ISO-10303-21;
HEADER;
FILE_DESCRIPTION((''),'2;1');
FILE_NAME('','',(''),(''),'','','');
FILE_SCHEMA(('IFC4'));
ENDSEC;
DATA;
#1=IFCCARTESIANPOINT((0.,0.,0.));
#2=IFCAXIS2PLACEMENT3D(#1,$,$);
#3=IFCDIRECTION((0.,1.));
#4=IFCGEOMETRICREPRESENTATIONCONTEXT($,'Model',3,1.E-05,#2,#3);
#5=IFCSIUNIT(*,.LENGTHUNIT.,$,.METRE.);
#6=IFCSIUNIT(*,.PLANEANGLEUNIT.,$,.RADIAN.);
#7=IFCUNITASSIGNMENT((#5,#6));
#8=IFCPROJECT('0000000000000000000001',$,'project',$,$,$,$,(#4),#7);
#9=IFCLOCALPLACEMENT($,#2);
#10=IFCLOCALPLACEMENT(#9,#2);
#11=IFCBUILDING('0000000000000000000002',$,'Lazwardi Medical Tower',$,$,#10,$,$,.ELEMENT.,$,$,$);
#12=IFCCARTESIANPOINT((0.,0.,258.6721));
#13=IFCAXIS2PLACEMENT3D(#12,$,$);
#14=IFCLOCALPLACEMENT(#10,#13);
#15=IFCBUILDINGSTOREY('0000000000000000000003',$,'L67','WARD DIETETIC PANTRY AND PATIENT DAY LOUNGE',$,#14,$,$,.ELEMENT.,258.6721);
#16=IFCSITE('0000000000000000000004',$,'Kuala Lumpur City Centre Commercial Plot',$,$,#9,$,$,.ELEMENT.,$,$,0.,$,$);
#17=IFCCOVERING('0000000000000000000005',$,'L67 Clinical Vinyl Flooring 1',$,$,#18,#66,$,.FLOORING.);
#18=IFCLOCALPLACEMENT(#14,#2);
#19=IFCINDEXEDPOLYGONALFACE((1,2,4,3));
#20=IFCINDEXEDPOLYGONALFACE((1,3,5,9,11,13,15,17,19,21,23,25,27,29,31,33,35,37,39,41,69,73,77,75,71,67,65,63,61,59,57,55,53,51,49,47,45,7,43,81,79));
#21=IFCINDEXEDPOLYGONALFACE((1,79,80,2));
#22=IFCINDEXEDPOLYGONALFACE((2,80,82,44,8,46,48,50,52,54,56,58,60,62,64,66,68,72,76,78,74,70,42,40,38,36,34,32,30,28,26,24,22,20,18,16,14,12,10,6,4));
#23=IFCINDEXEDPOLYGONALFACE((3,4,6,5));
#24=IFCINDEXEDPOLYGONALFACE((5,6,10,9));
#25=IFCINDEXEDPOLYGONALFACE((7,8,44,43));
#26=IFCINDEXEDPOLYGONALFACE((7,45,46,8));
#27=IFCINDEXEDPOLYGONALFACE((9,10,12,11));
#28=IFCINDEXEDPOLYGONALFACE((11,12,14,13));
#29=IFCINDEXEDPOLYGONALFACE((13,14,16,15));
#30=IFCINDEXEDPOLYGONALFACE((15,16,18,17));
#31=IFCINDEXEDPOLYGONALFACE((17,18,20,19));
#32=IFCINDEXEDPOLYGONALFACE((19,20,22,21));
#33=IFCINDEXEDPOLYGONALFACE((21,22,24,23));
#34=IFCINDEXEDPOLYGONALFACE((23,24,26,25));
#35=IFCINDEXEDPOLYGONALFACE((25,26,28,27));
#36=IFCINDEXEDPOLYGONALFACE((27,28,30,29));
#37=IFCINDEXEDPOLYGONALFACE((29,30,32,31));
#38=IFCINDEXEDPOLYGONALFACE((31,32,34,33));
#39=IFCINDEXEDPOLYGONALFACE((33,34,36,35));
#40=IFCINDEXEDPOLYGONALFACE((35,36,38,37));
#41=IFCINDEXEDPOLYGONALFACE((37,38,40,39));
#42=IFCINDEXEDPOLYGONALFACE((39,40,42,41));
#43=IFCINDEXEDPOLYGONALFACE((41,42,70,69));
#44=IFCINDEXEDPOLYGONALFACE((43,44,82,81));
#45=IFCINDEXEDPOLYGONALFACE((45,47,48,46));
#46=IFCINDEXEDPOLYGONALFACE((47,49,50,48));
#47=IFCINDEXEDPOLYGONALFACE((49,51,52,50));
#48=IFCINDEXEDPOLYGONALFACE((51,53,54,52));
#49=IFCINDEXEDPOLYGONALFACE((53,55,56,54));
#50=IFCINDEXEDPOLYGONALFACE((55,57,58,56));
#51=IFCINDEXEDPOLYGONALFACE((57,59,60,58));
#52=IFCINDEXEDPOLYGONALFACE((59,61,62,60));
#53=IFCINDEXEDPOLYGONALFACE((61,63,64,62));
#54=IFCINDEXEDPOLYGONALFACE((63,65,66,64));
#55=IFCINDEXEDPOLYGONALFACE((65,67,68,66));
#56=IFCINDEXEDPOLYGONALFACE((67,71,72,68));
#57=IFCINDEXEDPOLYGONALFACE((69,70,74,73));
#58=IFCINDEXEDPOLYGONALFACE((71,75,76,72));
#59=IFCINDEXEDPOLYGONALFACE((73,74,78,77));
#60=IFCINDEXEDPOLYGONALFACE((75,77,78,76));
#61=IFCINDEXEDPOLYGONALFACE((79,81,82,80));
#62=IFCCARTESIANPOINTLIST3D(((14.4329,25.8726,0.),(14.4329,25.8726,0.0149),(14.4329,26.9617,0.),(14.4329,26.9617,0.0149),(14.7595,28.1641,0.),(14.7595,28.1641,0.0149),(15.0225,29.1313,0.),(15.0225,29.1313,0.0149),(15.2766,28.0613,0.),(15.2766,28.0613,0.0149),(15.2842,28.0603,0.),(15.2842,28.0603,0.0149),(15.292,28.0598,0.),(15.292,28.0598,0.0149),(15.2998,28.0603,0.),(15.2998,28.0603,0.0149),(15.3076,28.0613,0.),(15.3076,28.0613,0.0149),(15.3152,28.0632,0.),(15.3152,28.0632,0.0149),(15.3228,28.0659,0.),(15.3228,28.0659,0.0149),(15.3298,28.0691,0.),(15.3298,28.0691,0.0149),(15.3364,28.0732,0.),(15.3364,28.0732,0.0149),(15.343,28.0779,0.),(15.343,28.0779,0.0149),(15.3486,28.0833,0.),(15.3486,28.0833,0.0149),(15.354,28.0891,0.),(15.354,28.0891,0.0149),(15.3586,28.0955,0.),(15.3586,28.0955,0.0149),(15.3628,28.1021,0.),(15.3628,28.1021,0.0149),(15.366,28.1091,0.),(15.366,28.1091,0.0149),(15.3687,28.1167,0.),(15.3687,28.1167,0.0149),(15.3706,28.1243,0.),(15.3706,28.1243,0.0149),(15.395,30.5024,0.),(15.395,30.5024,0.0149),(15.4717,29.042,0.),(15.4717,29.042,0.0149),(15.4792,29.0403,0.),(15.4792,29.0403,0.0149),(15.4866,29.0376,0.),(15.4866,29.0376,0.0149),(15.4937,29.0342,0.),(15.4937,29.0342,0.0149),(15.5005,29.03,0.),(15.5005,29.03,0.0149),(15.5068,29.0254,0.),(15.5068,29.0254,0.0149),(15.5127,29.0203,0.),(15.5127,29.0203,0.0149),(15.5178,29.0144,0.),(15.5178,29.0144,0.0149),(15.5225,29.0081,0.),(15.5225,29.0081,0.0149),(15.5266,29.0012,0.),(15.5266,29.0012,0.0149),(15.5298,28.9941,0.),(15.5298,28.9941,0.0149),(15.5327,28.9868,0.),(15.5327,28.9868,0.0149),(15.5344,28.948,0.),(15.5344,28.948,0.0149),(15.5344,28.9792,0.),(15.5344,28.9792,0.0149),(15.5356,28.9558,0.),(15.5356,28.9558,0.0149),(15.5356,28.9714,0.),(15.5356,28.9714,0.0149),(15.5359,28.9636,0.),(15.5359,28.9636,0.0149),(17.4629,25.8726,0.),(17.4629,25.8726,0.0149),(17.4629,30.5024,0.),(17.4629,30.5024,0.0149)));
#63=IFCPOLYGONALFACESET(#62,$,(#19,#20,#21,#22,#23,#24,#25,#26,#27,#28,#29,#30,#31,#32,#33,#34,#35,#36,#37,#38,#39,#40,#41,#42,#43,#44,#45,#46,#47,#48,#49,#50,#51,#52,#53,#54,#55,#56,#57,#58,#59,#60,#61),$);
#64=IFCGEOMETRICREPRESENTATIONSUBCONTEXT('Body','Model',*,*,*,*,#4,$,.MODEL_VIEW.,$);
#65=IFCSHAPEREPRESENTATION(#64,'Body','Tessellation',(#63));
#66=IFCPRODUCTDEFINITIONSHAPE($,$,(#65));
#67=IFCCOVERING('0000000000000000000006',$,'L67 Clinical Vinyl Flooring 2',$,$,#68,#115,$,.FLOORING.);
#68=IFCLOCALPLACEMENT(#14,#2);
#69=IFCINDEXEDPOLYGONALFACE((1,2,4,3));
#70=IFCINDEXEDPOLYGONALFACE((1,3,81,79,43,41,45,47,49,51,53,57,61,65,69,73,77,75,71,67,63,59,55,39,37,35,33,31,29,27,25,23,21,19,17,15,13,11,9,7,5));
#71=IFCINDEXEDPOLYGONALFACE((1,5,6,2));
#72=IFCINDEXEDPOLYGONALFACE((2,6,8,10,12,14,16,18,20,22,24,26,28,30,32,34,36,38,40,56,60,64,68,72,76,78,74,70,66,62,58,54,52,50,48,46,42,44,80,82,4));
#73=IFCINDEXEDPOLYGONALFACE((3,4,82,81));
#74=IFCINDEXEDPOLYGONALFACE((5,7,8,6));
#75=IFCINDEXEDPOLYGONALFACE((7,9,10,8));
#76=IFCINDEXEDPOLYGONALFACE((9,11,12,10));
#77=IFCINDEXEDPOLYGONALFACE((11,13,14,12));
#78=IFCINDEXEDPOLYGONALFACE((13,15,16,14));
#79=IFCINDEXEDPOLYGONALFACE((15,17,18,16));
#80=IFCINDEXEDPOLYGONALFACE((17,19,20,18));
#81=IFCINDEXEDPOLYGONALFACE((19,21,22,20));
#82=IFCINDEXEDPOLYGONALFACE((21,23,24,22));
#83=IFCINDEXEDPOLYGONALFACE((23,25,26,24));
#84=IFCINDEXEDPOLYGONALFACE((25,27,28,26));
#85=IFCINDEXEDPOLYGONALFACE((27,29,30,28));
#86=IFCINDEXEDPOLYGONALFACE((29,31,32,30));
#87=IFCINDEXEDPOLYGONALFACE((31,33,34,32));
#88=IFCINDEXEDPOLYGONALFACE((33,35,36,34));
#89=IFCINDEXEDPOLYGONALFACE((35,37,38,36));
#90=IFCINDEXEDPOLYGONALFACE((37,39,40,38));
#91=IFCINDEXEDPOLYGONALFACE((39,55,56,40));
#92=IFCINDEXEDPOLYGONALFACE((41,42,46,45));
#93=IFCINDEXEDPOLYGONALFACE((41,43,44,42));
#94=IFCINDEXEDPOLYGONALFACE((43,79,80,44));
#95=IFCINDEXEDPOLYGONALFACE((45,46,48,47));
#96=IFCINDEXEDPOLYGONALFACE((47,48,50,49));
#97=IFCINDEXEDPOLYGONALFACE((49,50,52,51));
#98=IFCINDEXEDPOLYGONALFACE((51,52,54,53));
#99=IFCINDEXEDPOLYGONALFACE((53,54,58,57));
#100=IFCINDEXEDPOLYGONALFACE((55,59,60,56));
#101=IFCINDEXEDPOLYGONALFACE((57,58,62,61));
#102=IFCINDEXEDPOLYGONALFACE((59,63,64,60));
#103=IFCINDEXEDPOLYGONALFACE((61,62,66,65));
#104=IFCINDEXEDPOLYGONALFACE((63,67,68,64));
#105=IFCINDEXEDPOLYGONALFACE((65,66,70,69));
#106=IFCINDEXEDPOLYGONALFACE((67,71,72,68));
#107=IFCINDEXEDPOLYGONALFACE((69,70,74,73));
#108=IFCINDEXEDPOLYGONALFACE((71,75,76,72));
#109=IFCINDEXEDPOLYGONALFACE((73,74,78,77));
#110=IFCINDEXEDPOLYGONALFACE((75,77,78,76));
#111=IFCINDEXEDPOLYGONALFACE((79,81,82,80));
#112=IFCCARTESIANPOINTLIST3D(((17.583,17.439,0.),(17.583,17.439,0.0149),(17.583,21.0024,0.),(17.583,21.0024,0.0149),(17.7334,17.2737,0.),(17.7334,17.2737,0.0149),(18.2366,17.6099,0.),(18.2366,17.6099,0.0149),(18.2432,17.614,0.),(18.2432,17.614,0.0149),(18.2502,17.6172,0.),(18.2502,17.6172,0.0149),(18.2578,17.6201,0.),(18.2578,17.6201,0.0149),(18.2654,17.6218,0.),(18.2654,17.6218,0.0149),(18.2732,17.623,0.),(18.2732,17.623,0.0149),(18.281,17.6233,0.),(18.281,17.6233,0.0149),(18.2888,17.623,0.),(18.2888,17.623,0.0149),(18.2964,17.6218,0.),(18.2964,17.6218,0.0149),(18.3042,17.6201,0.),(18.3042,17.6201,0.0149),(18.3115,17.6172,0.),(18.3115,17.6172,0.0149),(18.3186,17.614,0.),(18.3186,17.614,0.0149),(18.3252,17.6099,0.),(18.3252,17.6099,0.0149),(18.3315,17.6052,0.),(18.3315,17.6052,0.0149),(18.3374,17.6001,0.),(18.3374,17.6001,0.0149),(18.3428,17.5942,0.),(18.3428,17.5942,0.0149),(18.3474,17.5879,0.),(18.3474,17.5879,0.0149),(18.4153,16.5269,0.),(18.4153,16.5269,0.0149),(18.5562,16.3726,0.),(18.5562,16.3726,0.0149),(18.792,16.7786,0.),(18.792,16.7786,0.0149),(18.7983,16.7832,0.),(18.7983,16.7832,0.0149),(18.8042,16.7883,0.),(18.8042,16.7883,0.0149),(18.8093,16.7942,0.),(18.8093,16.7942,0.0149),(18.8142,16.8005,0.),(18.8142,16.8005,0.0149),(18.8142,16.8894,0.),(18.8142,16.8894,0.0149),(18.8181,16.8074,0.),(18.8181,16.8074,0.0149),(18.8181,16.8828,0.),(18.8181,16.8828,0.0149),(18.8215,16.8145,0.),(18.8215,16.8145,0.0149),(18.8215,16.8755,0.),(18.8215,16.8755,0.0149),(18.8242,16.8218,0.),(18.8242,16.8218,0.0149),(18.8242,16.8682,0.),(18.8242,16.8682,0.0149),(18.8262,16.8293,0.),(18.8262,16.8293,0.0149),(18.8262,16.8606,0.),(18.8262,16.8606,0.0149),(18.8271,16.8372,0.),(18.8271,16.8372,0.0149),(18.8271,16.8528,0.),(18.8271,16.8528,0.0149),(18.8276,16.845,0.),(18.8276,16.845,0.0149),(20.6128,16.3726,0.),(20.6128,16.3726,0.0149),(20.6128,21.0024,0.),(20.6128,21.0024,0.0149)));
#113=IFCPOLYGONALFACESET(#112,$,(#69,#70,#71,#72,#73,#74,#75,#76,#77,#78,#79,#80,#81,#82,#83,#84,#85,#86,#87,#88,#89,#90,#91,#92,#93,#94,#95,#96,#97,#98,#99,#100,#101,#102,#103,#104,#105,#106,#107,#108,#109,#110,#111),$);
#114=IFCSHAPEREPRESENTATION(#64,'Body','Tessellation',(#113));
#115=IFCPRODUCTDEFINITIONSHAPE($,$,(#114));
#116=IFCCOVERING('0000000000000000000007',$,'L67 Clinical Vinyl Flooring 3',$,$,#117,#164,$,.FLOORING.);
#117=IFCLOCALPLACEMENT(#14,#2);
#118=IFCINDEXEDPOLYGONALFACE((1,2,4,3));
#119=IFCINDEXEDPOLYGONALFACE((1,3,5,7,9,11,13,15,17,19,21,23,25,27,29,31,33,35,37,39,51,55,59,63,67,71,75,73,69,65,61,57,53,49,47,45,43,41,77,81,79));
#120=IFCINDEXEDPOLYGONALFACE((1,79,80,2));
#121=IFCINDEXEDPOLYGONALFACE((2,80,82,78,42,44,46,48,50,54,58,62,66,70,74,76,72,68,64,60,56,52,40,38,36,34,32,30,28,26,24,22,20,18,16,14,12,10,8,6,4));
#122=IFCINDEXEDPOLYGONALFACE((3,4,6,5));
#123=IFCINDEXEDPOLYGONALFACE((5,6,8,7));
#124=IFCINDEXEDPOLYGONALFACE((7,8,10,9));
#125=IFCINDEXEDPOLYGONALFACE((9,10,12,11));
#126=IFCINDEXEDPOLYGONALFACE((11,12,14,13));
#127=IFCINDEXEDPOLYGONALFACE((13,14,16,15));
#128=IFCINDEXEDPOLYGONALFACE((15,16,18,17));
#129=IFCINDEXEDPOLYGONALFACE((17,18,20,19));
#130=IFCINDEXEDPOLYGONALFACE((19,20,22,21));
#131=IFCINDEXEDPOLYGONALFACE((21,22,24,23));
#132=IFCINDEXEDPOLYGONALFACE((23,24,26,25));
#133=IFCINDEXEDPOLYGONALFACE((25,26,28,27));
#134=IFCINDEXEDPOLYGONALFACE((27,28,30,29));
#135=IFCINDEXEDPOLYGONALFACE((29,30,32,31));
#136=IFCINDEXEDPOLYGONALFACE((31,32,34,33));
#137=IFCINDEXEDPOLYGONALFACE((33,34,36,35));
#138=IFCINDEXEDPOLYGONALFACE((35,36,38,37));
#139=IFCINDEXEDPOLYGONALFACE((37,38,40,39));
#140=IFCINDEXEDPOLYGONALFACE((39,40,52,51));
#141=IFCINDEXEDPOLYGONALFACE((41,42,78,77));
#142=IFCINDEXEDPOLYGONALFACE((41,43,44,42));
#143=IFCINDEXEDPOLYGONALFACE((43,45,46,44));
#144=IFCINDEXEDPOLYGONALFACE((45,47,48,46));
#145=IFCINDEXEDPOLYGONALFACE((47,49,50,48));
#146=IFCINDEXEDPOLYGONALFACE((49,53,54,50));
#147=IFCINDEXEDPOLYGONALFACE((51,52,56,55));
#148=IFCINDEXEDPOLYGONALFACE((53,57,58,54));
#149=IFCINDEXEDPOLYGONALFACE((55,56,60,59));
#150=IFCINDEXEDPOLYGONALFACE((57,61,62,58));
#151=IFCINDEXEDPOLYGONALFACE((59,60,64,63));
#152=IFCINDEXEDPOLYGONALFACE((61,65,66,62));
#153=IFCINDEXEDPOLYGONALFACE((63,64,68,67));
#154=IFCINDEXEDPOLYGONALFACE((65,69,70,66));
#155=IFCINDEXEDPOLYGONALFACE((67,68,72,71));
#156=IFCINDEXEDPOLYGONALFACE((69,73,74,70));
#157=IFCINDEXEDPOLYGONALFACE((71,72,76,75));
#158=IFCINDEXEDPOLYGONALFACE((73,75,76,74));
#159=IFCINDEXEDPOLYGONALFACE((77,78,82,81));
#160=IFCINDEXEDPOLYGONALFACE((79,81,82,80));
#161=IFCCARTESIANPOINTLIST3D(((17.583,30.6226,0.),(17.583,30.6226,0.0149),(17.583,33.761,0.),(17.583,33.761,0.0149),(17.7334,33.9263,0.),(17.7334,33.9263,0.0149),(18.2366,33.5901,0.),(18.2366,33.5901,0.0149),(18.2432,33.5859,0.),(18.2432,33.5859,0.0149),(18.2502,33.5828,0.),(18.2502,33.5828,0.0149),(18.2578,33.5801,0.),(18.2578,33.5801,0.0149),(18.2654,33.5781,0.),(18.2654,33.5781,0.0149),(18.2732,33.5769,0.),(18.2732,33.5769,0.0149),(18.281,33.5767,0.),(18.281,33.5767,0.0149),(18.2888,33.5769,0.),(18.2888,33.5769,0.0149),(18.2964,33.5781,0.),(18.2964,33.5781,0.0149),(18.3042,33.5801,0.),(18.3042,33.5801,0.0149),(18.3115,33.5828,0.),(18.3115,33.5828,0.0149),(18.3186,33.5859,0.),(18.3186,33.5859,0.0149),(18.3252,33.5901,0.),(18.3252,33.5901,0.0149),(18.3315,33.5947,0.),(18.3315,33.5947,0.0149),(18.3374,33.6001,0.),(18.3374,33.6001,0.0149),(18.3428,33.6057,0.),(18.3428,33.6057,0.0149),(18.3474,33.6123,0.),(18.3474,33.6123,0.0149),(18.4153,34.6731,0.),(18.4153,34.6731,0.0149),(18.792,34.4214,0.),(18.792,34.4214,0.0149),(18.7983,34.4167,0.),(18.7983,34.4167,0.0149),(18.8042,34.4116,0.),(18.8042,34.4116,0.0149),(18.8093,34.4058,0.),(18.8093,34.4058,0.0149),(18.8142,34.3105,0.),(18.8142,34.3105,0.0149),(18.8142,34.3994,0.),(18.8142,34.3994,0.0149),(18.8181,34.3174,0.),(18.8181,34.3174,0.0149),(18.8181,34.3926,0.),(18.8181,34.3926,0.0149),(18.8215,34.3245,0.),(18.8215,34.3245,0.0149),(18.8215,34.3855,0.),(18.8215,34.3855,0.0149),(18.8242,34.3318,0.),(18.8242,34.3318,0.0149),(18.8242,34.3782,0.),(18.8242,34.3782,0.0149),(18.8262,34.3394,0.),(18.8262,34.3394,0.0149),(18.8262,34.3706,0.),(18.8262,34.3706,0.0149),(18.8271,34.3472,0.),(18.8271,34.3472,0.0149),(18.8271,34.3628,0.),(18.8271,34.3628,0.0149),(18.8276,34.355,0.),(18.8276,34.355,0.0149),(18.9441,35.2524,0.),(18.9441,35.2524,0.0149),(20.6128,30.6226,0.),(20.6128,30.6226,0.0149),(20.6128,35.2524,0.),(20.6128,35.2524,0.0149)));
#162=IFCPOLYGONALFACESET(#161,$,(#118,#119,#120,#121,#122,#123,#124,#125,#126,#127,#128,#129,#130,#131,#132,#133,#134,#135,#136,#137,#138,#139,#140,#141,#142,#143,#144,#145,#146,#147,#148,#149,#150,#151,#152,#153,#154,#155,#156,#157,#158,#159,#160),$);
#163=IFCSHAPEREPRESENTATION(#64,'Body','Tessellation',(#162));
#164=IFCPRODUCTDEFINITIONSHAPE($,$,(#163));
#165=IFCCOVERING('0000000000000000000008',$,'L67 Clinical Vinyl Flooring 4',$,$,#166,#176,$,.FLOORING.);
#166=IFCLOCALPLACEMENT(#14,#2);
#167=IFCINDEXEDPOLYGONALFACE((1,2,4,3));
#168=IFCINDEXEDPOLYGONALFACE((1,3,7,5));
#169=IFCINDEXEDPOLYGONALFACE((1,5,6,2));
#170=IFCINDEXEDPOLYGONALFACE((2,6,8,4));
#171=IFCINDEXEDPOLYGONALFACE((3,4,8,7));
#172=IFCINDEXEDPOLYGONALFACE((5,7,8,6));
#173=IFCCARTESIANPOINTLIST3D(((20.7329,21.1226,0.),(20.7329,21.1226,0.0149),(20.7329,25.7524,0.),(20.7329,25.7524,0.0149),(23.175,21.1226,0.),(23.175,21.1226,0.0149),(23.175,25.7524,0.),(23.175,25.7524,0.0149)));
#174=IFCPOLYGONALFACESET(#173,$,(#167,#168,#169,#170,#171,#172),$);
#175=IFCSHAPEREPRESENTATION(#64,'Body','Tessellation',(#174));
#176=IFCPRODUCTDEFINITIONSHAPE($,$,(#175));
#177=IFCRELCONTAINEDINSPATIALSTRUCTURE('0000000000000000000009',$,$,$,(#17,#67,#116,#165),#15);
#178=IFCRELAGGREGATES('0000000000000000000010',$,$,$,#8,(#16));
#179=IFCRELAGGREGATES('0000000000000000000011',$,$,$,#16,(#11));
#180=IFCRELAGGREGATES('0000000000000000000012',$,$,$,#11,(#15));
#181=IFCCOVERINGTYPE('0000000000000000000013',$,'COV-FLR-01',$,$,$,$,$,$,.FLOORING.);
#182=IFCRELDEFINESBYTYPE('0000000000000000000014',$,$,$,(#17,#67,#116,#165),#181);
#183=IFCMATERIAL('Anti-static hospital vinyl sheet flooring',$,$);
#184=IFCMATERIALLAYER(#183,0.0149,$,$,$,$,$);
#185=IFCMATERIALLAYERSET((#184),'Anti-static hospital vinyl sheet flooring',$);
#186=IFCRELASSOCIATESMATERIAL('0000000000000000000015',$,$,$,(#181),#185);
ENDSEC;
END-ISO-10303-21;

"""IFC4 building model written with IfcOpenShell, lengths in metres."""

from ifc_helpers import new_model, si_unit, direction, frame, origin, place, context, subcontext, project, spatial, polyline, outline, extrude, material, layer, layer_set, type_object, element, save


model = new_model("IFC4")

# Units and contexts
model_context = context("Model", 3, precision=1e-05, world=origin(), true_north=direction((0.0, 1.0)))
body_context = subcontext(model_context, "Body", "Model", "MODEL_VIEW")
ifc_project = project(units=[si_unit("LENGTHUNIT", "METRE"), si_unit("PLANEANGLEUNIT", "RADIAN")], contexts=[model_context])

# Site, building, storey
site_placement = place(None, origin())
site = spatial("IfcSite", under=ifc_project, at=site_placement, Name="Kuala Lumpur City Centre Commercial Plot", CompositionType="ELEMENT", RefElevation=0.0)
building_placement = place(site_placement, origin())
building = spatial("IfcBuilding", under=site, at=building_placement, Name="Lazwardi Medical Tower", CompositionType="ELEMENT")
storey_placement = place(building_placement, frame((0.0, 0.0, 258.6721)))
storey = spatial("IfcBuildingStorey", under=building, at=storey_placement, Name="L67", Description="WARD DIETETIC PANTRY AND PATIENT DAY LOUNGE", CompositionType="ELEMENT", Elevation=258.6721)

# Coverings
ifc_material_1 = material(Name="Anti-static hospital vinyl sheet flooring")
ifc_layer_1 = layer(ifc_material_1, 0.0149)
ifc_layer_set_1 = layer_set([ifc_layer_1], Name="Anti-static hospital vinyl sheet flooring")
covering_type_1 = type_object("IfcCoveringType", Name="COV-FLR-01", PredefinedType="FLOORING", material=ifc_layer_set_1)
covering_1_placement = place(storey_placement, origin())
element("IfcCovering", 1, at=covering_1_placement, inside=storey, type_object=covering_type_1, Name="L67 Clinical Vinyl Flooring 1", PredefinedType="FLOORING", context=body_context, shape_type="SweptSolid", body=[
    extrude(outline(polyline([(15.395, 30.5024), (15.0225, 29.1313), (15.4717, 29.042), (15.4792, 29.0403), (15.4866, 29.0376), (15.4937, 29.0342), (15.5005, 29.03), (15.5068, 29.0254), (15.5127, 29.0203), (15.5178, 29.0144), (15.5225, 29.0081), (15.5266, 29.0012), (15.5298, 28.9941), (15.5327, 28.9868), (15.5344, 28.9792), (15.5356, 28.9714), (15.5359, 28.9636), (15.5356, 28.9558), (15.5344, 28.948), (15.3706, 28.1243), (15.3687, 28.1167), (15.366, 28.1091), (15.3628, 28.1021), (15.3586, 28.0955), (15.354, 28.0891), (15.3486, 28.0833), (15.343, 28.0779), (15.3364, 28.0732), (15.3298, 28.0691), (15.3228, 28.0659), (15.3152, 28.0632), (15.3076, 28.0613), (15.2998, 28.0603), (15.292, 28.0598), (15.2842, 28.0603), (15.2766, 28.0613), (14.7595, 28.1641), (14.4329, 26.9617), (14.4329, 25.8726), (17.4629, 25.8726), (17.4629, 30.5024), (15.395, 30.5024)])), origin(), (0.0, 0.0, 1.0), 0.0149),
])
covering_2_placement = place(storey_placement, origin())
element("IfcCovering", 2, at=covering_2_placement, inside=storey, type_object=covering_type_1, Name="L67 Clinical Vinyl Flooring 2", PredefinedType="FLOORING", context=body_context, shape_type="SweptSolid", body=[
    extrude(outline(polyline([(17.583, 17.439), (17.7334, 17.2737), (18.2366, 17.6099), (18.2432, 17.614), (18.2502, 17.6172), (18.2578, 17.6201), (18.2654, 17.6218), (18.2732, 17.623), (18.281, 17.6233), (18.2888, 17.623), (18.2964, 17.6218), (18.3042, 17.6201), (18.3115, 17.6172), (18.3186, 17.614), (18.3252, 17.6099), (18.3315, 17.6052), (18.3374, 17.6001), (18.3428, 17.5942), (18.3474, 17.5879), (18.8142, 16.8894), (18.8181, 16.8828), (18.8215, 16.8755), (18.8242, 16.8682), (18.8262, 16.8606), (18.8271, 16.8528), (18.8276, 16.845), (18.8271, 16.8372), (18.8262, 16.8293), (18.8242, 16.8218), (18.8215, 16.8145), (18.8181, 16.8074), (18.8142, 16.8005), (18.8093, 16.7942), (18.8042, 16.7883), (18.7983, 16.7832), (18.792, 16.7786), (18.4153, 16.5269), (18.5562, 16.3726), (20.6128, 16.3726), (20.6128, 21.0024), (17.583, 21.0024), (17.583, 17.439)])), origin(), (0.0, 0.0, 1.0), 0.0149),
])
covering_3_placement = place(storey_placement, origin())
element("IfcCovering", 3, at=covering_3_placement, inside=storey, type_object=covering_type_1, Name="L67 Clinical Vinyl Flooring 3", PredefinedType="FLOORING", context=body_context, shape_type="SweptSolid", body=[
    extrude(outline(polyline([(18.9441, 35.2524), (18.4153, 34.6731), (18.792, 34.4214), (18.7983, 34.4167), (18.8042, 34.4116), (18.8093, 34.4058), (18.8142, 34.3994), (18.8181, 34.3926), (18.8215, 34.3855), (18.8242, 34.3782), (18.8262, 34.3706), (18.8271, 34.3628), (18.8276, 34.355), (18.8271, 34.3472), (18.8262, 34.3394), (18.8242, 34.3318), (18.8215, 34.3245), (18.8181, 34.3174), (18.8142, 34.3105), (18.3474, 33.6123), (18.3428, 33.6057), (18.3374, 33.6001), (18.3315, 33.5947), (18.3252, 33.5901), (18.3186, 33.5859), (18.3115, 33.5828), (18.3042, 33.5801), (18.2964, 33.5781), (18.2888, 33.5769), (18.281, 33.5767), (18.2732, 33.5769), (18.2654, 33.5781), (18.2578, 33.5801), (18.2502, 33.5828), (18.2432, 33.5859), (18.2366, 33.5901), (17.7334, 33.9263), (17.583, 33.761), (17.583, 30.6226), (20.6128, 30.6226), (20.6128, 35.2524), (18.9441, 35.2524)])), origin(), (0.0, 0.0, 1.0), 0.0149),
])
covering_4_placement = place(storey_placement, origin())
element("IfcCovering", 4, at=covering_4_placement, inside=storey, type_object=covering_type_1, Name="L67 Clinical Vinyl Flooring 4", PredefinedType="FLOORING", context=body_context, shape_type="SweptSolid", body=[
    extrude(outline(polyline([(23.175, 21.1226), (23.175, 25.7524), (20.7329, 25.7524), (20.7329, 21.1226), (23.175, 21.1226)])), origin(), (0.0, 0.0, 1.0), 0.0149),
])

save(model, "model.ifc")
